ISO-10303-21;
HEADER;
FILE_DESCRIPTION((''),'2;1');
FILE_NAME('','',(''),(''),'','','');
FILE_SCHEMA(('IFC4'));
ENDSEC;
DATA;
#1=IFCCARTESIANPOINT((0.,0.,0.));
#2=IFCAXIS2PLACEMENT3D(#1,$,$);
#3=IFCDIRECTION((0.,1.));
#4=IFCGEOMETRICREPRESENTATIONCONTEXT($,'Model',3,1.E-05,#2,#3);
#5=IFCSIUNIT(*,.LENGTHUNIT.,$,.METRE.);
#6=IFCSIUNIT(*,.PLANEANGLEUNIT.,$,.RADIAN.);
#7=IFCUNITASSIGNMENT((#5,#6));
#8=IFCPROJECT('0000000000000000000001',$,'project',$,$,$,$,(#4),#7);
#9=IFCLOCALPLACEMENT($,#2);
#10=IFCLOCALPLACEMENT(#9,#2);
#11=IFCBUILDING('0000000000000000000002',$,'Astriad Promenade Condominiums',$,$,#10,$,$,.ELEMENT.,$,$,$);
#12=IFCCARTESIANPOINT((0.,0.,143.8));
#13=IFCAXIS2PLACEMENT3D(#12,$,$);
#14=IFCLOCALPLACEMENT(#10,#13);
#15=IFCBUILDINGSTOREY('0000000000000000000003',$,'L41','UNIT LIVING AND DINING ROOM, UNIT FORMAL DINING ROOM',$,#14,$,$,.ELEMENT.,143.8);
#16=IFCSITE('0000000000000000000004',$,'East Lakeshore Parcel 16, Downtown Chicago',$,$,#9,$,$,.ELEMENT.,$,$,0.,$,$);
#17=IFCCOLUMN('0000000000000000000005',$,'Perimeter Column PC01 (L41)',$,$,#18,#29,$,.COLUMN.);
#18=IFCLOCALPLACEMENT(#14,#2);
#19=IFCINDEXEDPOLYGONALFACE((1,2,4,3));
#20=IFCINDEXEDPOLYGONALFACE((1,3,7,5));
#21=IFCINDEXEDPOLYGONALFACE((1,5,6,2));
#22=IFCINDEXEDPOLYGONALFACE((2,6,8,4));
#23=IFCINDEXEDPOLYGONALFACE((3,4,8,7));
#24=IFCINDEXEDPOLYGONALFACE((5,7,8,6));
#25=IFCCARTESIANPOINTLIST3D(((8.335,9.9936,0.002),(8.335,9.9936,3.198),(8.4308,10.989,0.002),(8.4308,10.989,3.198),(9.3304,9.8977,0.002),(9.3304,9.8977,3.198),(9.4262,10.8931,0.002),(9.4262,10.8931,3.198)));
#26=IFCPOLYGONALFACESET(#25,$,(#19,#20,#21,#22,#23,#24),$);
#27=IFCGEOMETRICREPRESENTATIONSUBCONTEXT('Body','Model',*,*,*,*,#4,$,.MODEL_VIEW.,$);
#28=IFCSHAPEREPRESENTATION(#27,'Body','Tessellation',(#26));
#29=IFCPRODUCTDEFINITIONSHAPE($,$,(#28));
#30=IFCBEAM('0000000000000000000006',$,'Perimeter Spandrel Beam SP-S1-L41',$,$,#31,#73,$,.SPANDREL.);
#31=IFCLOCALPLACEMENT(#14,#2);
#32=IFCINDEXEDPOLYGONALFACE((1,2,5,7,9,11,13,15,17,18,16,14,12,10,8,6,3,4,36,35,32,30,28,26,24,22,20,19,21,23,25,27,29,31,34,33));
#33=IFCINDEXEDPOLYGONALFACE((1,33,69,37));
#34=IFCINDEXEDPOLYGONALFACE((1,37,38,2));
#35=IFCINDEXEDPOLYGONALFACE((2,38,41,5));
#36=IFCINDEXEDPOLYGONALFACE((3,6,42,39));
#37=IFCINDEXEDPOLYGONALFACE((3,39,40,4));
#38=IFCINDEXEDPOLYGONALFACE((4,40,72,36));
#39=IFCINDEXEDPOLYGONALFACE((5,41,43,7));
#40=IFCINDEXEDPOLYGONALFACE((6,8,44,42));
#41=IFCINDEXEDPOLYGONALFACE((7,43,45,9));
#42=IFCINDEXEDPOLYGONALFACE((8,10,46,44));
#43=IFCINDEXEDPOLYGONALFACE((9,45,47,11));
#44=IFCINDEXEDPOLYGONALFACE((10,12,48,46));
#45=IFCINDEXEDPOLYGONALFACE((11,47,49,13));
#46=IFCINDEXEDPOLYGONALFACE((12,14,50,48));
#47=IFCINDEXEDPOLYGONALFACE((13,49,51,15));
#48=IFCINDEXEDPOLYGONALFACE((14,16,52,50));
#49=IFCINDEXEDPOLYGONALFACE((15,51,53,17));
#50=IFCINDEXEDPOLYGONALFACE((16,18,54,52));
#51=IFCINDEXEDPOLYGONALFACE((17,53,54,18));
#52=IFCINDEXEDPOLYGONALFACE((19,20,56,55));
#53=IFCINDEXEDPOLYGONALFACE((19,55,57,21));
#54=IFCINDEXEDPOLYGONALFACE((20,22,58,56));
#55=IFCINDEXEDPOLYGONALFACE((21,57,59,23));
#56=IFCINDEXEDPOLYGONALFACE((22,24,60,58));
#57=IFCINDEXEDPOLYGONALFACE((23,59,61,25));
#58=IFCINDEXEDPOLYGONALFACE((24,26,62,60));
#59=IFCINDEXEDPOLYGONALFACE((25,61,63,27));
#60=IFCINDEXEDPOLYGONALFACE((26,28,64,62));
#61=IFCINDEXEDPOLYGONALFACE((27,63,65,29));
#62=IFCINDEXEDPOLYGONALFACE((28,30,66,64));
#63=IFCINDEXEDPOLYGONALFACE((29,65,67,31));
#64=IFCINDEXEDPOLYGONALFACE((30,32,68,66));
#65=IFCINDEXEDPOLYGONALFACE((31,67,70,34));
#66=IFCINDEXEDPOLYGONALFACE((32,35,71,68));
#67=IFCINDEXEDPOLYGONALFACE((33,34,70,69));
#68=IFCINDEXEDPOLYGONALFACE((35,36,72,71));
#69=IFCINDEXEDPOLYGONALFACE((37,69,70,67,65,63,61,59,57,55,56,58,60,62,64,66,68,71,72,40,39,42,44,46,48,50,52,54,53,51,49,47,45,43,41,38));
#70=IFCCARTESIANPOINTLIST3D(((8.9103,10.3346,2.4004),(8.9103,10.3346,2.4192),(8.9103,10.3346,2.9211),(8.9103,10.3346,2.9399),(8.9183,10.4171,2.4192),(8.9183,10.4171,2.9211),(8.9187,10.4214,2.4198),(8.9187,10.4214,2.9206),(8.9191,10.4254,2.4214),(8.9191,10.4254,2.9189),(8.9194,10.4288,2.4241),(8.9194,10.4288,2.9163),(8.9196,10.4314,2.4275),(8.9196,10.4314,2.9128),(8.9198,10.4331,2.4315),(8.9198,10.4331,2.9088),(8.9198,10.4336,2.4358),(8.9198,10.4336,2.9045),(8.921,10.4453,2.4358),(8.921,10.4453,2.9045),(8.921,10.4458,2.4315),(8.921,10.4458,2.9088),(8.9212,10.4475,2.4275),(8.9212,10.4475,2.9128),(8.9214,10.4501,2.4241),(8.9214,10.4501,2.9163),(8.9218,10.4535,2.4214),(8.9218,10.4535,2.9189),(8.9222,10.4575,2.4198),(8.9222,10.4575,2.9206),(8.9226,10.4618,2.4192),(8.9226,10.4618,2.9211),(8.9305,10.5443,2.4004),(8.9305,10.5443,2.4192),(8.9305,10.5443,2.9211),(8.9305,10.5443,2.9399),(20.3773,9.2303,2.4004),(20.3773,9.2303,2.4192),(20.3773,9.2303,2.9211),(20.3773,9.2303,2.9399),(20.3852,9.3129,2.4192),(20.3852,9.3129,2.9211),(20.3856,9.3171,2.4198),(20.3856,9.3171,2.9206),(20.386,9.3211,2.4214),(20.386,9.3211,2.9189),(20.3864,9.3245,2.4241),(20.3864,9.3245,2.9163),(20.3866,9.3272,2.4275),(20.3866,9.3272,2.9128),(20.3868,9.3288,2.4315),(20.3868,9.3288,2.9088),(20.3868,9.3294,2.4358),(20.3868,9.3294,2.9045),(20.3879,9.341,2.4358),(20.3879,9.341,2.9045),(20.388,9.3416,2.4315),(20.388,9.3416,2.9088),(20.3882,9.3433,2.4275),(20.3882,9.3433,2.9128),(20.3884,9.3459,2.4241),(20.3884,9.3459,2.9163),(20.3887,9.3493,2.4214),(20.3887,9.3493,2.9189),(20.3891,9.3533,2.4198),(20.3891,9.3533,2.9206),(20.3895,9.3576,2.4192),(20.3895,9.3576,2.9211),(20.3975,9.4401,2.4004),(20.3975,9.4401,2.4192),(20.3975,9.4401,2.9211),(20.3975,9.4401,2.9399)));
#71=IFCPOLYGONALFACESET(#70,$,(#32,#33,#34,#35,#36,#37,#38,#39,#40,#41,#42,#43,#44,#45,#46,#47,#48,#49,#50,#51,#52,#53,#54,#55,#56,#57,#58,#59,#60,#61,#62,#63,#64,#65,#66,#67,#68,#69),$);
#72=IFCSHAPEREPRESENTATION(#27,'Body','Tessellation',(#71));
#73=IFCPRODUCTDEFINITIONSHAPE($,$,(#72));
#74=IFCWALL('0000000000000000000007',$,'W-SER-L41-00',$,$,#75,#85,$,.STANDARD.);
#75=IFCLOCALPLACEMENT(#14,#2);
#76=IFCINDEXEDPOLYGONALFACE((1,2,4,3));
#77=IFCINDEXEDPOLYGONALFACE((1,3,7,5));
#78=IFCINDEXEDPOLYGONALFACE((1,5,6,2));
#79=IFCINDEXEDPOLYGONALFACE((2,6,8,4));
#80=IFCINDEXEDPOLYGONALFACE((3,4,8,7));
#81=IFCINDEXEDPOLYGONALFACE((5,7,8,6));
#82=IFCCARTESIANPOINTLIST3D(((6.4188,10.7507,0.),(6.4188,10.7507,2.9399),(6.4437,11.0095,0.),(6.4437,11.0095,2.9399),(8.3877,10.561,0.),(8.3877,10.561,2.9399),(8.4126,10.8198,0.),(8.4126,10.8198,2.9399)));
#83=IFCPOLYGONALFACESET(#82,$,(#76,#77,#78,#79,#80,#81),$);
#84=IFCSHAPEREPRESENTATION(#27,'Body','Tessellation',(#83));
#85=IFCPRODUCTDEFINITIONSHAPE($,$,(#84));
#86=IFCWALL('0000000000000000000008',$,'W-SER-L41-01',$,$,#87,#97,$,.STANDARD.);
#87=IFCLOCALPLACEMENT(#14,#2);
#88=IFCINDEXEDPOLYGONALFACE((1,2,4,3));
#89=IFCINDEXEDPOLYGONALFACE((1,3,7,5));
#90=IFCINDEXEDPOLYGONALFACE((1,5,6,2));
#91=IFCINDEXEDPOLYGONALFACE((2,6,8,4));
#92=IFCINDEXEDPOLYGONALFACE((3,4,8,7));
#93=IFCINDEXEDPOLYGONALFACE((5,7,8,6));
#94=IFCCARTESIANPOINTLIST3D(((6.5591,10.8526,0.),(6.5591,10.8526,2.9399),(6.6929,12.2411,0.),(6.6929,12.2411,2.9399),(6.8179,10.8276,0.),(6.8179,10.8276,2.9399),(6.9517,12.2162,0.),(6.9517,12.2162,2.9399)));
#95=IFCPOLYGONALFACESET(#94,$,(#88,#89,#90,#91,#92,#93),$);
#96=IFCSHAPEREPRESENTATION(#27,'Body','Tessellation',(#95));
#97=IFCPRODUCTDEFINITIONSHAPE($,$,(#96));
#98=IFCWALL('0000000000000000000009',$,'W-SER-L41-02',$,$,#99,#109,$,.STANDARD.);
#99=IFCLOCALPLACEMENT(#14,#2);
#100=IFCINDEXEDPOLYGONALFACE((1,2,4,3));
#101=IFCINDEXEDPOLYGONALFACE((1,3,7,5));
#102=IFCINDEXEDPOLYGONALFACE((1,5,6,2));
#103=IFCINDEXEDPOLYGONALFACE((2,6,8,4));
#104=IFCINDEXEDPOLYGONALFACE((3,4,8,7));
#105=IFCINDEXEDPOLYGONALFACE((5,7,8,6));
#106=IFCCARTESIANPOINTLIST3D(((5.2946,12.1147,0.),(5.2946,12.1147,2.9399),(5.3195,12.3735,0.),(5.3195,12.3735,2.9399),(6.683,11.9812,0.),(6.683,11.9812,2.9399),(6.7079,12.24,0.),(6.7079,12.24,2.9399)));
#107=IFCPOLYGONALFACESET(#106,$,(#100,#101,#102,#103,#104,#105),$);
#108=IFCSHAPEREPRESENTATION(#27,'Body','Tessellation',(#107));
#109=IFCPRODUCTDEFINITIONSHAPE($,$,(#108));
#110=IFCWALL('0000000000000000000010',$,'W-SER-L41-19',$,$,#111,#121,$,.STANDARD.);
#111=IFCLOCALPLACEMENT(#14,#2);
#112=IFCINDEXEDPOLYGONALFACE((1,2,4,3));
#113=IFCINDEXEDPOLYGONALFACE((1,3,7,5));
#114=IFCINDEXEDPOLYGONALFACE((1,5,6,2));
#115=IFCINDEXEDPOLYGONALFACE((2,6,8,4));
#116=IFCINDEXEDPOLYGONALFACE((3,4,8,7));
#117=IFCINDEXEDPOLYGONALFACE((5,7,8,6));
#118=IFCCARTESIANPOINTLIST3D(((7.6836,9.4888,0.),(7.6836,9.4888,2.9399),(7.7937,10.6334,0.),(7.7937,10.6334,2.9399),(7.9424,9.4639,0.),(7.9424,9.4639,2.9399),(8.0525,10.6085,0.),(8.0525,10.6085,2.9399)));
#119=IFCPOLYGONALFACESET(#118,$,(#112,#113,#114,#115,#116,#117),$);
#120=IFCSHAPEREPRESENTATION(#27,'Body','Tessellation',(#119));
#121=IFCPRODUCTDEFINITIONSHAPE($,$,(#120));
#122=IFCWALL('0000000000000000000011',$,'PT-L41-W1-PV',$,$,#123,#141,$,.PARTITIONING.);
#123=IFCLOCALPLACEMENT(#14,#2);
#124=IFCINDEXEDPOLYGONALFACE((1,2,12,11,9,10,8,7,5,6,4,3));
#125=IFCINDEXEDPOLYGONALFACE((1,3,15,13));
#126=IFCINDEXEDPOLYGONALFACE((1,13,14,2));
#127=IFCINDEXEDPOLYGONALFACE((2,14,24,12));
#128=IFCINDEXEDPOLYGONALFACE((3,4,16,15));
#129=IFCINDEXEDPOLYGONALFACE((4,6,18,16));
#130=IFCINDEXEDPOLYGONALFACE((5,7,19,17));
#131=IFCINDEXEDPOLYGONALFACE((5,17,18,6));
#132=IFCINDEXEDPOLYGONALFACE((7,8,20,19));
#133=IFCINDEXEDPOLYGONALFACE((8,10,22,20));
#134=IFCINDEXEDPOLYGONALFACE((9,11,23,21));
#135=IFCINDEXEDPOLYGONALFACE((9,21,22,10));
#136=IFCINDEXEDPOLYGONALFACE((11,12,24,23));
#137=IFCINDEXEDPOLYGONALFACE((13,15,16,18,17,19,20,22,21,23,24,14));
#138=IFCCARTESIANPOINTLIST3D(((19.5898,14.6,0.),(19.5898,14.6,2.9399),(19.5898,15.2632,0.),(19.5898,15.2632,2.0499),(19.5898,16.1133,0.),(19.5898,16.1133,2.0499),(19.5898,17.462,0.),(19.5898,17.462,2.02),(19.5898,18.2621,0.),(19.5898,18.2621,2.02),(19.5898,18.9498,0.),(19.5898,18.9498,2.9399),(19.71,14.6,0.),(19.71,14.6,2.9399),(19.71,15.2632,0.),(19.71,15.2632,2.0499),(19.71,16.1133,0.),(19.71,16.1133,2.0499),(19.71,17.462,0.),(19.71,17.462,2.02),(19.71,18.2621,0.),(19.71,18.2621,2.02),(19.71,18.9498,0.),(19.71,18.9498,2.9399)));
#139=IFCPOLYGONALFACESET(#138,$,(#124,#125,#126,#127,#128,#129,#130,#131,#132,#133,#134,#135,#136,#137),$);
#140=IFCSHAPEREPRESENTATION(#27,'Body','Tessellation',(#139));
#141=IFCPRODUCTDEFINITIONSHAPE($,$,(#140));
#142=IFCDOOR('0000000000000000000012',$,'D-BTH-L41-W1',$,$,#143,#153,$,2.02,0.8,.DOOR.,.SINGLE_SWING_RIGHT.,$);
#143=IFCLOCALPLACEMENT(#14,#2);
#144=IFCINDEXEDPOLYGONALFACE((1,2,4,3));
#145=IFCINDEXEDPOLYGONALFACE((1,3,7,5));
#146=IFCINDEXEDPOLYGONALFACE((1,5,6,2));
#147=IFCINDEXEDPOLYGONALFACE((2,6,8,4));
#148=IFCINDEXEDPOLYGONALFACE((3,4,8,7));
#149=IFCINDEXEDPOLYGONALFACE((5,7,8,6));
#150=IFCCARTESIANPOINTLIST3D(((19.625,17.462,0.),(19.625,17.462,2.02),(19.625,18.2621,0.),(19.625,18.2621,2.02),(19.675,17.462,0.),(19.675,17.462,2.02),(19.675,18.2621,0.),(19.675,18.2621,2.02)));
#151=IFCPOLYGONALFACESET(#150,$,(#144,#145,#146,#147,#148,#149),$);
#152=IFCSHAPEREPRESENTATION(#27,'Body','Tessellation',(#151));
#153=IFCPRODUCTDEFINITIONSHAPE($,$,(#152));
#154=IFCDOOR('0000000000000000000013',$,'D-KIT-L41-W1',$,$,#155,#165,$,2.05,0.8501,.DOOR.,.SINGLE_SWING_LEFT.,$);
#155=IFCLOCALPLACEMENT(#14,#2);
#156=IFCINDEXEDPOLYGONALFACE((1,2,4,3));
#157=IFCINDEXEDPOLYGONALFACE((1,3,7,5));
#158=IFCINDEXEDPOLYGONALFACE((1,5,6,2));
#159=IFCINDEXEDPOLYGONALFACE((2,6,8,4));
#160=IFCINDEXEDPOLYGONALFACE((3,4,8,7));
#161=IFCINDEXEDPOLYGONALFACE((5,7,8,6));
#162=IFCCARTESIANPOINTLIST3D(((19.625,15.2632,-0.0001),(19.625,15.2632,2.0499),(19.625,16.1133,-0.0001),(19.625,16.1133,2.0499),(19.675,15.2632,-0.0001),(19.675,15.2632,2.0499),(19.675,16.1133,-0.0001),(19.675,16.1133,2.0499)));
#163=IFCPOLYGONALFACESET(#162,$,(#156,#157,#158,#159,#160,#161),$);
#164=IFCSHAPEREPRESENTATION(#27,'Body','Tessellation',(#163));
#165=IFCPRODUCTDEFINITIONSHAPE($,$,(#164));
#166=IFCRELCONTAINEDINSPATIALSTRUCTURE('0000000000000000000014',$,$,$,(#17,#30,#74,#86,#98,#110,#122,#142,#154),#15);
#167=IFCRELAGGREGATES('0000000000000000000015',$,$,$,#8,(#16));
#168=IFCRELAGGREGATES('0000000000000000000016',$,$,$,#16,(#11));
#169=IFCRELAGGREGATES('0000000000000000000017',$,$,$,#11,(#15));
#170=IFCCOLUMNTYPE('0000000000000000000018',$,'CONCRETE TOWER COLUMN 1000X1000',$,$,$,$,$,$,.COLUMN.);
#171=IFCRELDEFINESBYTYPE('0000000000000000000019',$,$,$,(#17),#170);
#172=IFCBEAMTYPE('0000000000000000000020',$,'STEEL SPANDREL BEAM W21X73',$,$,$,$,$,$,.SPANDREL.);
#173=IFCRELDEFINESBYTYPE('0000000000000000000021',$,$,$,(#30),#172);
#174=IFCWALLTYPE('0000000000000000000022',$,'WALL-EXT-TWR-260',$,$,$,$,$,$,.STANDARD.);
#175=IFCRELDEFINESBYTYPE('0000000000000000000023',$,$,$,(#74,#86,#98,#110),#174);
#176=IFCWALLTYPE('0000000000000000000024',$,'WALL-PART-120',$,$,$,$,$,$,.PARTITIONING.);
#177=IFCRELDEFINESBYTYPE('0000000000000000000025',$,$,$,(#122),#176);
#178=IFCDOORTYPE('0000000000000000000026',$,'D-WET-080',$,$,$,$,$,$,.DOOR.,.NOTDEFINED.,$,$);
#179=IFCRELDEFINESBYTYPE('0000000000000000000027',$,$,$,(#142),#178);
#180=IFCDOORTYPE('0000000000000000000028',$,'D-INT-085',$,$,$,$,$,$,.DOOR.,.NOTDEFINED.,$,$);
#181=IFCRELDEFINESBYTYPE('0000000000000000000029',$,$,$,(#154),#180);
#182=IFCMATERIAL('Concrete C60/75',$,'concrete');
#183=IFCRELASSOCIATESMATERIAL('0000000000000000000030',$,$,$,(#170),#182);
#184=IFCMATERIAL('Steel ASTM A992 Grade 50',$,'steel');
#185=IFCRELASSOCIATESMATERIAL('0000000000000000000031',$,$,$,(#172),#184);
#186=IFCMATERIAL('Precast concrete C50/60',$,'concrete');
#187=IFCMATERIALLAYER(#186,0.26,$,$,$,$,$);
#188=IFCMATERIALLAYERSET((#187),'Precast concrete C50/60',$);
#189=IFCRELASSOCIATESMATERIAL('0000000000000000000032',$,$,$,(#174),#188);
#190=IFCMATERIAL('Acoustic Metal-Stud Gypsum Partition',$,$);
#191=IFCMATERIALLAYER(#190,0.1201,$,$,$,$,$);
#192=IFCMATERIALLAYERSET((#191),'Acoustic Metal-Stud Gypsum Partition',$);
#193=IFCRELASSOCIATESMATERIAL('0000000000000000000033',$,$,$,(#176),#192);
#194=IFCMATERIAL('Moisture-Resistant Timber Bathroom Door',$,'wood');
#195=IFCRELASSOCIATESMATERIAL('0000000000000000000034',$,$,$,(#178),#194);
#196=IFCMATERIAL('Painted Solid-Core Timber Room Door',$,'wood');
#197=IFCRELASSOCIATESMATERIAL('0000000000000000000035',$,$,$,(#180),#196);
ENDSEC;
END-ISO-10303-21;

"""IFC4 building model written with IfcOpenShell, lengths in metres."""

from ifc_helpers import new_model, si_unit, direction, frame, frame_2d, origin, origin_2d, place, context, subcontext, project, spatial, rectangle, i_section, extrude, source, transform, mapped, material, layer, layer_set, material_profile, profile_set, type_object, type_shapes, element, fill, save


model = new_model("IFC4")

# Units and contexts
model_context = context("Model", 3, precision=1e-05, world=origin(), true_north=direction((0.0, 1.0)))
body_context = subcontext(model_context, "Body", "Model", "MODEL_VIEW")
ifc_project = project(units=[si_unit("LENGTHUNIT", "METRE"), si_unit("PLANEANGLEUNIT", "RADIAN")], contexts=[model_context])

# Site, building, storey
site_placement = place(None, origin())
site = spatial("IfcSite", under=ifc_project, at=site_placement, Name="East Lakeshore Parcel 16, Downtown Chicago", CompositionType="ELEMENT", RefElevation=0.0)
building_placement = place(site_placement, origin())
building = spatial("IfcBuilding", under=site, at=building_placement, Name="Astriad Promenade Condominiums", CompositionType="ELEMENT")
storey_placement = place(building_placement, frame((0.0, 0.0, 143.8)))
storey = spatial("IfcBuildingStorey", under=building, at=storey_placement, Name="L41", Description="UNIT LIVING AND DINING ROOM, UNIT FORMAL DINING ROOM", CompositionType="ELEMENT", Elevation=143.8)

# Column
ifc_material_1 = material(Name="Concrete C60/75", Category="concrete")
ifc_material_profile_1 = material_profile(ifc_material_1, rectangle(XDim=1.0, YDim=1.0, at=origin_2d()), Name="RC-COL-1000X1000")
ifc_profile_set_1 = profile_set([ifc_material_profile_1], Name="Concrete C60/75")
column_type = type_object("IfcColumnType", Name="CONCRETE TOWER COLUMN 1000X1000", PredefinedType="COLUMN", material=ifc_profile_set_1)
shared_shape_1 = source(origin(), body_context, "Body", "SweptSolid", [
    extrude(rectangle(XDim=1.0, YDim=1.0, at=origin_2d()), origin(), (0.0, 0.0, 1.0), 3.196),
])
type_shapes(column_type, [shared_shape_1])
column_placement = place(storey_placement, frame((8.8806, 10.4434, 0.002), z_axis=(0.0, 0.0, 1.0), x_axis=(0.995396, -0.095846, 0.0)))
element("IfcColumn", 1, at=column_placement, inside=storey, type_object=column_type, Name="Perimeter Column PC01 (L41)", PredefinedType="COLUMN", context=body_context, shape_type="MappedRepresentation", body=[
    mapped(shared_shape_1, transform((0.0, 0.0, 0.0), scale=1.0)),
])

# Beam
ifc_material_2 = material(Name="Steel ASTM A992 Grade 50", Category="steel")
ifc_material_profile_2 = material_profile(ifc_material_2, i_section(OverallWidth=0.2107, OverallDepth=0.5396, WebThickness=0.0117, FlangeThickness=0.0188, FilletRadius=0.0166, at=origin_2d()), Name="W21X73")
ifc_profile_set_2 = profile_set([ifc_material_profile_2], Name="Steel ASTM A992 Grade 50")
beam_type = type_object("IfcBeamType", Name="STEEL SPANDREL BEAM W21X73", PredefinedType="SPANDREL", material=ifc_profile_set_2)
shared_shape_2 = source(origin(), body_context, "Body", "SweptSolid", [
    extrude(i_section(OverallWidth=0.2107, OverallDepth=0.5396, WebThickness=0.0117, FlangeThickness=0.0188, FilletRadius=0.0166, at=origin_2d()), origin(), (0.0, 0.0, 1.0), 11.52),
])
type_shapes(beam_type, [shared_shape_2])
beam_placement = place(storey_placement, frame((8.9204, 10.4395, 2.6702), z_axis=(0.995395, -0.095854, 0.0), x_axis=(0.095854, 0.995395, 0.0)))
element("IfcBeam", 2, at=beam_placement, inside=storey, type_object=beam_type, Name="Perimeter Spandrel Beam SP-S1-L41", PredefinedType="SPANDREL", context=body_context, shape_type="MappedRepresentation", body=[
    mapped(shared_shape_2, transform((0.0, 0.0, 0.0), scale=1.0)),
])

# Walls
ifc_material_3 = material(Name="Precast concrete C50/60", Category="concrete")
ifc_layer_1 = layer(ifc_material_3, 0.26)
ifc_layer_set_1 = layer_set([ifc_layer_1], Name="Precast concrete C50/60")
wall_type_1 = type_object("IfcWallType", Name="WALL-EXT-TWR-260", PredefinedType="STANDARD", material=ifc_layer_set_1)
wall_1_placement = place(storey_placement, frame((8.4001, 10.6904, 0.0), z_axis=(0.0, 0.0, 1.0), x_axis=(-0.995391, 0.095898, 0.0)))
element("IfcWall", 3, at=wall_1_placement, inside=storey, type_object=wall_type_1, Name="W-SER-L41-00", PredefinedType="STANDARD", context=body_context, shape_type="SweptSolid", body=[
    extrude(rectangle(XDim=1.978, YDim=0.26, at=frame_2d((0.989, 0.0))), origin(), (0.0, 0.0, 1.0), 2.9399),
])
wall_2_placement = place(storey_placement, frame((6.6885, 10.8401, 0.0), z_axis=(0.0, 0.0, 1.0), x_axis=(0.095899, 0.995391, 0.0)))
element("IfcWall", 4, at=wall_2_placement, inside=storey, type_object=wall_type_1, Name="W-SER-L41-01", PredefinedType="STANDARD", context=body_context, shape_type="SweptSolid", body=[
    extrude(rectangle(XDim=1.395, YDim=0.26, at=frame_2d((0.6975, 0.0))), origin(), (0.0, 0.0, 1.0), 2.9399),
])
wall_3_placement = place(storey_placement, frame((6.6953, 12.1106, 0.0), z_axis=(0.0, 0.0, 1.0), x_axis=(-0.995406, 0.095742, 0.0)))
element("IfcWall", 5, at=wall_3_placement, inside=storey, type_object=wall_type_1, Name="W-SER-L41-02", PredefinedType="STANDARD", context=body_context, shape_type="SweptSolid", body=[
    extrude(rectangle(XDim=1.3948, YDim=0.26, at=frame_2d((0.6973, 0.0))), origin(), (0.0, 0.0, 1.0), 2.9399),
])
wall_4_placement = place(storey_placement, frame((7.813, 9.4763, 0.0), z_axis=(0.0, 0.0, 1.0), x_axis=(0.095761, 0.995404, 0.0)))
element("IfcWall", 6, at=wall_4_placement, inside=storey, type_object=wall_type_1, Name="W-SER-L41-19", PredefinedType="STANDARD", context=body_context, shape_type="SweptSolid", body=[
    extrude(rectangle(XDim=1.1499, YDim=0.26, at=frame_2d((0.575, 0.0))), origin(), (0.0, 0.0, 1.0), 2.9399),
])

# Wall, openings, doors
ifc_material_4 = material(Name="Acoustic Metal-Stud Gypsum Partition")
ifc_layer_2 = layer(ifc_material_4, 0.1201)
ifc_layer_set_2 = layer_set([ifc_layer_2], Name="Acoustic Metal-Stud Gypsum Partition")
wall_type_2 = type_object("IfcWallType", Name="WALL-PART-120", PredefinedType="PARTITIONING", material=ifc_layer_set_2)
wall_5_placement = place(storey_placement, frame((19.6499, 14.6001, 0.0), z_axis=(0.0, 0.0, 1.0), x_axis=(0.0, 1.0, 0.0)))
wall_5 = element("IfcWall", 7, at=wall_5_placement, inside=storey, type_object=wall_type_2, Name="PT-L41-W1-PV", PredefinedType="PARTITIONING", context=body_context, shape_type="SweptSolid", body=[
    extrude(rectangle(XDim=4.3499, YDim=0.1201, at=frame_2d((2.1748, 0.0))), origin(), (0.0, 0.0, 1.0), 2.9399),
])
opening_1_placement = place(wall_5_placement, frame((0.6631, 0.0, 0.0)))
opening_1 = element("IfcOpeningElement", 8, at=opening_1_placement, cuts=wall_5, PredefinedType="OPENING", context=body_context, shape_type="SweptSolid", body=[
    extrude(rectangle(XDim=0.8501, YDim=2.05, at=frame_2d((0.425, 1.0249))), frame((0.0, 0.0701, 0.0), z_axis=(0.0, -1.0, 0.0), x_axis=(1.0, 0.0, 0.0)), (0.0, 0.0, 1.0), 0.1401),
])
opening_2_placement = place(wall_5_placement, frame((2.8621, 0.0, 0.0)))
opening_2 = element("IfcOpeningElement", 9, at=opening_2_placement, cuts=wall_5, PredefinedType="OPENING", context=body_context, shape_type="SweptSolid", body=[
    extrude(rectangle(XDim=0.8, YDim=2.02, at=frame_2d((0.3999, 1.01))), frame((0.0, 0.0701, 0.0), z_axis=(0.0, -1.0, 0.0), x_axis=(1.0, 0.0, 0.0)), (0.0, 0.0, 1.0), 0.1401),
])
ifc_material_5 = material(Name="Moisture-Resistant Timber Bathroom Door", Category="wood")
door_type_1 = type_object("IfcDoorType", Name="D-WET-080", OperationType="NOTDEFINED", PredefinedType="DOOR", material=ifc_material_5)
shared_shape_3 = source(origin(), body_context, "Body", "SweptSolid", [
    extrude(rectangle(XDim=0.8, YDim=2.02, at=frame_2d((0.3999, 1.01))), frame((0.0, 0.0249, 0.0), z_axis=(0.0, -1.0, 0.0), x_axis=(1.0, 0.0, 0.0)), (0.0, 0.0, 1.0), 0.05),
])
type_shapes(door_type_1, [shared_shape_3])
door_1_placement = place(opening_2_placement, origin())
door_1 = element("IfcDoor", 10, at=door_1_placement, inside=storey, type_object=door_type_1, Name="D-BTH-L41-W1", OperationType="SINGLE_SWING_RIGHT", OverallHeight=2.02, OverallWidth=0.8, PredefinedType="DOOR", context=body_context, shape_type="MappedRepresentation", body=[
    mapped(shared_shape_3, transform((0.0, 0.0, 0.0), scale=1.0)),
])
fill(opening_2, door_1)
ifc_material_6 = material(Name="Painted Solid-Core Timber Room Door", Category="wood")
door_type_2 = type_object("IfcDoorType", Name="D-INT-085", OperationType="NOTDEFINED", PredefinedType="DOOR", material=ifc_material_6)
shared_shape_4 = source(origin(), body_context, "Body", "SweptSolid", [
    extrude(rectangle(XDim=0.8501, YDim=2.05, at=frame_2d((0.425, 1.0249))), frame((0.0, 0.0249, 0.0), z_axis=(0.0, -1.0, 0.0), x_axis=(1.0, 0.0, 0.0)), (0.0, 0.0, 1.0), 0.05),
])
type_shapes(door_type_2, [shared_shape_4])
door_2_placement = place(opening_1_placement, origin())
door_2 = element("IfcDoor", 11, at=door_2_placement, inside=storey, type_object=door_type_2, Name="D-KIT-L41-W1", OperationType="SINGLE_SWING_LEFT", OverallHeight=2.05, OverallWidth=0.8501, PredefinedType="DOOR", context=body_context, shape_type="MappedRepresentation", body=[
    mapped(shared_shape_4, transform((0.0, 0.0, 0.0), scale=1.0)),
])
fill(opening_1, door_2)

save(model, "model.ifc")
